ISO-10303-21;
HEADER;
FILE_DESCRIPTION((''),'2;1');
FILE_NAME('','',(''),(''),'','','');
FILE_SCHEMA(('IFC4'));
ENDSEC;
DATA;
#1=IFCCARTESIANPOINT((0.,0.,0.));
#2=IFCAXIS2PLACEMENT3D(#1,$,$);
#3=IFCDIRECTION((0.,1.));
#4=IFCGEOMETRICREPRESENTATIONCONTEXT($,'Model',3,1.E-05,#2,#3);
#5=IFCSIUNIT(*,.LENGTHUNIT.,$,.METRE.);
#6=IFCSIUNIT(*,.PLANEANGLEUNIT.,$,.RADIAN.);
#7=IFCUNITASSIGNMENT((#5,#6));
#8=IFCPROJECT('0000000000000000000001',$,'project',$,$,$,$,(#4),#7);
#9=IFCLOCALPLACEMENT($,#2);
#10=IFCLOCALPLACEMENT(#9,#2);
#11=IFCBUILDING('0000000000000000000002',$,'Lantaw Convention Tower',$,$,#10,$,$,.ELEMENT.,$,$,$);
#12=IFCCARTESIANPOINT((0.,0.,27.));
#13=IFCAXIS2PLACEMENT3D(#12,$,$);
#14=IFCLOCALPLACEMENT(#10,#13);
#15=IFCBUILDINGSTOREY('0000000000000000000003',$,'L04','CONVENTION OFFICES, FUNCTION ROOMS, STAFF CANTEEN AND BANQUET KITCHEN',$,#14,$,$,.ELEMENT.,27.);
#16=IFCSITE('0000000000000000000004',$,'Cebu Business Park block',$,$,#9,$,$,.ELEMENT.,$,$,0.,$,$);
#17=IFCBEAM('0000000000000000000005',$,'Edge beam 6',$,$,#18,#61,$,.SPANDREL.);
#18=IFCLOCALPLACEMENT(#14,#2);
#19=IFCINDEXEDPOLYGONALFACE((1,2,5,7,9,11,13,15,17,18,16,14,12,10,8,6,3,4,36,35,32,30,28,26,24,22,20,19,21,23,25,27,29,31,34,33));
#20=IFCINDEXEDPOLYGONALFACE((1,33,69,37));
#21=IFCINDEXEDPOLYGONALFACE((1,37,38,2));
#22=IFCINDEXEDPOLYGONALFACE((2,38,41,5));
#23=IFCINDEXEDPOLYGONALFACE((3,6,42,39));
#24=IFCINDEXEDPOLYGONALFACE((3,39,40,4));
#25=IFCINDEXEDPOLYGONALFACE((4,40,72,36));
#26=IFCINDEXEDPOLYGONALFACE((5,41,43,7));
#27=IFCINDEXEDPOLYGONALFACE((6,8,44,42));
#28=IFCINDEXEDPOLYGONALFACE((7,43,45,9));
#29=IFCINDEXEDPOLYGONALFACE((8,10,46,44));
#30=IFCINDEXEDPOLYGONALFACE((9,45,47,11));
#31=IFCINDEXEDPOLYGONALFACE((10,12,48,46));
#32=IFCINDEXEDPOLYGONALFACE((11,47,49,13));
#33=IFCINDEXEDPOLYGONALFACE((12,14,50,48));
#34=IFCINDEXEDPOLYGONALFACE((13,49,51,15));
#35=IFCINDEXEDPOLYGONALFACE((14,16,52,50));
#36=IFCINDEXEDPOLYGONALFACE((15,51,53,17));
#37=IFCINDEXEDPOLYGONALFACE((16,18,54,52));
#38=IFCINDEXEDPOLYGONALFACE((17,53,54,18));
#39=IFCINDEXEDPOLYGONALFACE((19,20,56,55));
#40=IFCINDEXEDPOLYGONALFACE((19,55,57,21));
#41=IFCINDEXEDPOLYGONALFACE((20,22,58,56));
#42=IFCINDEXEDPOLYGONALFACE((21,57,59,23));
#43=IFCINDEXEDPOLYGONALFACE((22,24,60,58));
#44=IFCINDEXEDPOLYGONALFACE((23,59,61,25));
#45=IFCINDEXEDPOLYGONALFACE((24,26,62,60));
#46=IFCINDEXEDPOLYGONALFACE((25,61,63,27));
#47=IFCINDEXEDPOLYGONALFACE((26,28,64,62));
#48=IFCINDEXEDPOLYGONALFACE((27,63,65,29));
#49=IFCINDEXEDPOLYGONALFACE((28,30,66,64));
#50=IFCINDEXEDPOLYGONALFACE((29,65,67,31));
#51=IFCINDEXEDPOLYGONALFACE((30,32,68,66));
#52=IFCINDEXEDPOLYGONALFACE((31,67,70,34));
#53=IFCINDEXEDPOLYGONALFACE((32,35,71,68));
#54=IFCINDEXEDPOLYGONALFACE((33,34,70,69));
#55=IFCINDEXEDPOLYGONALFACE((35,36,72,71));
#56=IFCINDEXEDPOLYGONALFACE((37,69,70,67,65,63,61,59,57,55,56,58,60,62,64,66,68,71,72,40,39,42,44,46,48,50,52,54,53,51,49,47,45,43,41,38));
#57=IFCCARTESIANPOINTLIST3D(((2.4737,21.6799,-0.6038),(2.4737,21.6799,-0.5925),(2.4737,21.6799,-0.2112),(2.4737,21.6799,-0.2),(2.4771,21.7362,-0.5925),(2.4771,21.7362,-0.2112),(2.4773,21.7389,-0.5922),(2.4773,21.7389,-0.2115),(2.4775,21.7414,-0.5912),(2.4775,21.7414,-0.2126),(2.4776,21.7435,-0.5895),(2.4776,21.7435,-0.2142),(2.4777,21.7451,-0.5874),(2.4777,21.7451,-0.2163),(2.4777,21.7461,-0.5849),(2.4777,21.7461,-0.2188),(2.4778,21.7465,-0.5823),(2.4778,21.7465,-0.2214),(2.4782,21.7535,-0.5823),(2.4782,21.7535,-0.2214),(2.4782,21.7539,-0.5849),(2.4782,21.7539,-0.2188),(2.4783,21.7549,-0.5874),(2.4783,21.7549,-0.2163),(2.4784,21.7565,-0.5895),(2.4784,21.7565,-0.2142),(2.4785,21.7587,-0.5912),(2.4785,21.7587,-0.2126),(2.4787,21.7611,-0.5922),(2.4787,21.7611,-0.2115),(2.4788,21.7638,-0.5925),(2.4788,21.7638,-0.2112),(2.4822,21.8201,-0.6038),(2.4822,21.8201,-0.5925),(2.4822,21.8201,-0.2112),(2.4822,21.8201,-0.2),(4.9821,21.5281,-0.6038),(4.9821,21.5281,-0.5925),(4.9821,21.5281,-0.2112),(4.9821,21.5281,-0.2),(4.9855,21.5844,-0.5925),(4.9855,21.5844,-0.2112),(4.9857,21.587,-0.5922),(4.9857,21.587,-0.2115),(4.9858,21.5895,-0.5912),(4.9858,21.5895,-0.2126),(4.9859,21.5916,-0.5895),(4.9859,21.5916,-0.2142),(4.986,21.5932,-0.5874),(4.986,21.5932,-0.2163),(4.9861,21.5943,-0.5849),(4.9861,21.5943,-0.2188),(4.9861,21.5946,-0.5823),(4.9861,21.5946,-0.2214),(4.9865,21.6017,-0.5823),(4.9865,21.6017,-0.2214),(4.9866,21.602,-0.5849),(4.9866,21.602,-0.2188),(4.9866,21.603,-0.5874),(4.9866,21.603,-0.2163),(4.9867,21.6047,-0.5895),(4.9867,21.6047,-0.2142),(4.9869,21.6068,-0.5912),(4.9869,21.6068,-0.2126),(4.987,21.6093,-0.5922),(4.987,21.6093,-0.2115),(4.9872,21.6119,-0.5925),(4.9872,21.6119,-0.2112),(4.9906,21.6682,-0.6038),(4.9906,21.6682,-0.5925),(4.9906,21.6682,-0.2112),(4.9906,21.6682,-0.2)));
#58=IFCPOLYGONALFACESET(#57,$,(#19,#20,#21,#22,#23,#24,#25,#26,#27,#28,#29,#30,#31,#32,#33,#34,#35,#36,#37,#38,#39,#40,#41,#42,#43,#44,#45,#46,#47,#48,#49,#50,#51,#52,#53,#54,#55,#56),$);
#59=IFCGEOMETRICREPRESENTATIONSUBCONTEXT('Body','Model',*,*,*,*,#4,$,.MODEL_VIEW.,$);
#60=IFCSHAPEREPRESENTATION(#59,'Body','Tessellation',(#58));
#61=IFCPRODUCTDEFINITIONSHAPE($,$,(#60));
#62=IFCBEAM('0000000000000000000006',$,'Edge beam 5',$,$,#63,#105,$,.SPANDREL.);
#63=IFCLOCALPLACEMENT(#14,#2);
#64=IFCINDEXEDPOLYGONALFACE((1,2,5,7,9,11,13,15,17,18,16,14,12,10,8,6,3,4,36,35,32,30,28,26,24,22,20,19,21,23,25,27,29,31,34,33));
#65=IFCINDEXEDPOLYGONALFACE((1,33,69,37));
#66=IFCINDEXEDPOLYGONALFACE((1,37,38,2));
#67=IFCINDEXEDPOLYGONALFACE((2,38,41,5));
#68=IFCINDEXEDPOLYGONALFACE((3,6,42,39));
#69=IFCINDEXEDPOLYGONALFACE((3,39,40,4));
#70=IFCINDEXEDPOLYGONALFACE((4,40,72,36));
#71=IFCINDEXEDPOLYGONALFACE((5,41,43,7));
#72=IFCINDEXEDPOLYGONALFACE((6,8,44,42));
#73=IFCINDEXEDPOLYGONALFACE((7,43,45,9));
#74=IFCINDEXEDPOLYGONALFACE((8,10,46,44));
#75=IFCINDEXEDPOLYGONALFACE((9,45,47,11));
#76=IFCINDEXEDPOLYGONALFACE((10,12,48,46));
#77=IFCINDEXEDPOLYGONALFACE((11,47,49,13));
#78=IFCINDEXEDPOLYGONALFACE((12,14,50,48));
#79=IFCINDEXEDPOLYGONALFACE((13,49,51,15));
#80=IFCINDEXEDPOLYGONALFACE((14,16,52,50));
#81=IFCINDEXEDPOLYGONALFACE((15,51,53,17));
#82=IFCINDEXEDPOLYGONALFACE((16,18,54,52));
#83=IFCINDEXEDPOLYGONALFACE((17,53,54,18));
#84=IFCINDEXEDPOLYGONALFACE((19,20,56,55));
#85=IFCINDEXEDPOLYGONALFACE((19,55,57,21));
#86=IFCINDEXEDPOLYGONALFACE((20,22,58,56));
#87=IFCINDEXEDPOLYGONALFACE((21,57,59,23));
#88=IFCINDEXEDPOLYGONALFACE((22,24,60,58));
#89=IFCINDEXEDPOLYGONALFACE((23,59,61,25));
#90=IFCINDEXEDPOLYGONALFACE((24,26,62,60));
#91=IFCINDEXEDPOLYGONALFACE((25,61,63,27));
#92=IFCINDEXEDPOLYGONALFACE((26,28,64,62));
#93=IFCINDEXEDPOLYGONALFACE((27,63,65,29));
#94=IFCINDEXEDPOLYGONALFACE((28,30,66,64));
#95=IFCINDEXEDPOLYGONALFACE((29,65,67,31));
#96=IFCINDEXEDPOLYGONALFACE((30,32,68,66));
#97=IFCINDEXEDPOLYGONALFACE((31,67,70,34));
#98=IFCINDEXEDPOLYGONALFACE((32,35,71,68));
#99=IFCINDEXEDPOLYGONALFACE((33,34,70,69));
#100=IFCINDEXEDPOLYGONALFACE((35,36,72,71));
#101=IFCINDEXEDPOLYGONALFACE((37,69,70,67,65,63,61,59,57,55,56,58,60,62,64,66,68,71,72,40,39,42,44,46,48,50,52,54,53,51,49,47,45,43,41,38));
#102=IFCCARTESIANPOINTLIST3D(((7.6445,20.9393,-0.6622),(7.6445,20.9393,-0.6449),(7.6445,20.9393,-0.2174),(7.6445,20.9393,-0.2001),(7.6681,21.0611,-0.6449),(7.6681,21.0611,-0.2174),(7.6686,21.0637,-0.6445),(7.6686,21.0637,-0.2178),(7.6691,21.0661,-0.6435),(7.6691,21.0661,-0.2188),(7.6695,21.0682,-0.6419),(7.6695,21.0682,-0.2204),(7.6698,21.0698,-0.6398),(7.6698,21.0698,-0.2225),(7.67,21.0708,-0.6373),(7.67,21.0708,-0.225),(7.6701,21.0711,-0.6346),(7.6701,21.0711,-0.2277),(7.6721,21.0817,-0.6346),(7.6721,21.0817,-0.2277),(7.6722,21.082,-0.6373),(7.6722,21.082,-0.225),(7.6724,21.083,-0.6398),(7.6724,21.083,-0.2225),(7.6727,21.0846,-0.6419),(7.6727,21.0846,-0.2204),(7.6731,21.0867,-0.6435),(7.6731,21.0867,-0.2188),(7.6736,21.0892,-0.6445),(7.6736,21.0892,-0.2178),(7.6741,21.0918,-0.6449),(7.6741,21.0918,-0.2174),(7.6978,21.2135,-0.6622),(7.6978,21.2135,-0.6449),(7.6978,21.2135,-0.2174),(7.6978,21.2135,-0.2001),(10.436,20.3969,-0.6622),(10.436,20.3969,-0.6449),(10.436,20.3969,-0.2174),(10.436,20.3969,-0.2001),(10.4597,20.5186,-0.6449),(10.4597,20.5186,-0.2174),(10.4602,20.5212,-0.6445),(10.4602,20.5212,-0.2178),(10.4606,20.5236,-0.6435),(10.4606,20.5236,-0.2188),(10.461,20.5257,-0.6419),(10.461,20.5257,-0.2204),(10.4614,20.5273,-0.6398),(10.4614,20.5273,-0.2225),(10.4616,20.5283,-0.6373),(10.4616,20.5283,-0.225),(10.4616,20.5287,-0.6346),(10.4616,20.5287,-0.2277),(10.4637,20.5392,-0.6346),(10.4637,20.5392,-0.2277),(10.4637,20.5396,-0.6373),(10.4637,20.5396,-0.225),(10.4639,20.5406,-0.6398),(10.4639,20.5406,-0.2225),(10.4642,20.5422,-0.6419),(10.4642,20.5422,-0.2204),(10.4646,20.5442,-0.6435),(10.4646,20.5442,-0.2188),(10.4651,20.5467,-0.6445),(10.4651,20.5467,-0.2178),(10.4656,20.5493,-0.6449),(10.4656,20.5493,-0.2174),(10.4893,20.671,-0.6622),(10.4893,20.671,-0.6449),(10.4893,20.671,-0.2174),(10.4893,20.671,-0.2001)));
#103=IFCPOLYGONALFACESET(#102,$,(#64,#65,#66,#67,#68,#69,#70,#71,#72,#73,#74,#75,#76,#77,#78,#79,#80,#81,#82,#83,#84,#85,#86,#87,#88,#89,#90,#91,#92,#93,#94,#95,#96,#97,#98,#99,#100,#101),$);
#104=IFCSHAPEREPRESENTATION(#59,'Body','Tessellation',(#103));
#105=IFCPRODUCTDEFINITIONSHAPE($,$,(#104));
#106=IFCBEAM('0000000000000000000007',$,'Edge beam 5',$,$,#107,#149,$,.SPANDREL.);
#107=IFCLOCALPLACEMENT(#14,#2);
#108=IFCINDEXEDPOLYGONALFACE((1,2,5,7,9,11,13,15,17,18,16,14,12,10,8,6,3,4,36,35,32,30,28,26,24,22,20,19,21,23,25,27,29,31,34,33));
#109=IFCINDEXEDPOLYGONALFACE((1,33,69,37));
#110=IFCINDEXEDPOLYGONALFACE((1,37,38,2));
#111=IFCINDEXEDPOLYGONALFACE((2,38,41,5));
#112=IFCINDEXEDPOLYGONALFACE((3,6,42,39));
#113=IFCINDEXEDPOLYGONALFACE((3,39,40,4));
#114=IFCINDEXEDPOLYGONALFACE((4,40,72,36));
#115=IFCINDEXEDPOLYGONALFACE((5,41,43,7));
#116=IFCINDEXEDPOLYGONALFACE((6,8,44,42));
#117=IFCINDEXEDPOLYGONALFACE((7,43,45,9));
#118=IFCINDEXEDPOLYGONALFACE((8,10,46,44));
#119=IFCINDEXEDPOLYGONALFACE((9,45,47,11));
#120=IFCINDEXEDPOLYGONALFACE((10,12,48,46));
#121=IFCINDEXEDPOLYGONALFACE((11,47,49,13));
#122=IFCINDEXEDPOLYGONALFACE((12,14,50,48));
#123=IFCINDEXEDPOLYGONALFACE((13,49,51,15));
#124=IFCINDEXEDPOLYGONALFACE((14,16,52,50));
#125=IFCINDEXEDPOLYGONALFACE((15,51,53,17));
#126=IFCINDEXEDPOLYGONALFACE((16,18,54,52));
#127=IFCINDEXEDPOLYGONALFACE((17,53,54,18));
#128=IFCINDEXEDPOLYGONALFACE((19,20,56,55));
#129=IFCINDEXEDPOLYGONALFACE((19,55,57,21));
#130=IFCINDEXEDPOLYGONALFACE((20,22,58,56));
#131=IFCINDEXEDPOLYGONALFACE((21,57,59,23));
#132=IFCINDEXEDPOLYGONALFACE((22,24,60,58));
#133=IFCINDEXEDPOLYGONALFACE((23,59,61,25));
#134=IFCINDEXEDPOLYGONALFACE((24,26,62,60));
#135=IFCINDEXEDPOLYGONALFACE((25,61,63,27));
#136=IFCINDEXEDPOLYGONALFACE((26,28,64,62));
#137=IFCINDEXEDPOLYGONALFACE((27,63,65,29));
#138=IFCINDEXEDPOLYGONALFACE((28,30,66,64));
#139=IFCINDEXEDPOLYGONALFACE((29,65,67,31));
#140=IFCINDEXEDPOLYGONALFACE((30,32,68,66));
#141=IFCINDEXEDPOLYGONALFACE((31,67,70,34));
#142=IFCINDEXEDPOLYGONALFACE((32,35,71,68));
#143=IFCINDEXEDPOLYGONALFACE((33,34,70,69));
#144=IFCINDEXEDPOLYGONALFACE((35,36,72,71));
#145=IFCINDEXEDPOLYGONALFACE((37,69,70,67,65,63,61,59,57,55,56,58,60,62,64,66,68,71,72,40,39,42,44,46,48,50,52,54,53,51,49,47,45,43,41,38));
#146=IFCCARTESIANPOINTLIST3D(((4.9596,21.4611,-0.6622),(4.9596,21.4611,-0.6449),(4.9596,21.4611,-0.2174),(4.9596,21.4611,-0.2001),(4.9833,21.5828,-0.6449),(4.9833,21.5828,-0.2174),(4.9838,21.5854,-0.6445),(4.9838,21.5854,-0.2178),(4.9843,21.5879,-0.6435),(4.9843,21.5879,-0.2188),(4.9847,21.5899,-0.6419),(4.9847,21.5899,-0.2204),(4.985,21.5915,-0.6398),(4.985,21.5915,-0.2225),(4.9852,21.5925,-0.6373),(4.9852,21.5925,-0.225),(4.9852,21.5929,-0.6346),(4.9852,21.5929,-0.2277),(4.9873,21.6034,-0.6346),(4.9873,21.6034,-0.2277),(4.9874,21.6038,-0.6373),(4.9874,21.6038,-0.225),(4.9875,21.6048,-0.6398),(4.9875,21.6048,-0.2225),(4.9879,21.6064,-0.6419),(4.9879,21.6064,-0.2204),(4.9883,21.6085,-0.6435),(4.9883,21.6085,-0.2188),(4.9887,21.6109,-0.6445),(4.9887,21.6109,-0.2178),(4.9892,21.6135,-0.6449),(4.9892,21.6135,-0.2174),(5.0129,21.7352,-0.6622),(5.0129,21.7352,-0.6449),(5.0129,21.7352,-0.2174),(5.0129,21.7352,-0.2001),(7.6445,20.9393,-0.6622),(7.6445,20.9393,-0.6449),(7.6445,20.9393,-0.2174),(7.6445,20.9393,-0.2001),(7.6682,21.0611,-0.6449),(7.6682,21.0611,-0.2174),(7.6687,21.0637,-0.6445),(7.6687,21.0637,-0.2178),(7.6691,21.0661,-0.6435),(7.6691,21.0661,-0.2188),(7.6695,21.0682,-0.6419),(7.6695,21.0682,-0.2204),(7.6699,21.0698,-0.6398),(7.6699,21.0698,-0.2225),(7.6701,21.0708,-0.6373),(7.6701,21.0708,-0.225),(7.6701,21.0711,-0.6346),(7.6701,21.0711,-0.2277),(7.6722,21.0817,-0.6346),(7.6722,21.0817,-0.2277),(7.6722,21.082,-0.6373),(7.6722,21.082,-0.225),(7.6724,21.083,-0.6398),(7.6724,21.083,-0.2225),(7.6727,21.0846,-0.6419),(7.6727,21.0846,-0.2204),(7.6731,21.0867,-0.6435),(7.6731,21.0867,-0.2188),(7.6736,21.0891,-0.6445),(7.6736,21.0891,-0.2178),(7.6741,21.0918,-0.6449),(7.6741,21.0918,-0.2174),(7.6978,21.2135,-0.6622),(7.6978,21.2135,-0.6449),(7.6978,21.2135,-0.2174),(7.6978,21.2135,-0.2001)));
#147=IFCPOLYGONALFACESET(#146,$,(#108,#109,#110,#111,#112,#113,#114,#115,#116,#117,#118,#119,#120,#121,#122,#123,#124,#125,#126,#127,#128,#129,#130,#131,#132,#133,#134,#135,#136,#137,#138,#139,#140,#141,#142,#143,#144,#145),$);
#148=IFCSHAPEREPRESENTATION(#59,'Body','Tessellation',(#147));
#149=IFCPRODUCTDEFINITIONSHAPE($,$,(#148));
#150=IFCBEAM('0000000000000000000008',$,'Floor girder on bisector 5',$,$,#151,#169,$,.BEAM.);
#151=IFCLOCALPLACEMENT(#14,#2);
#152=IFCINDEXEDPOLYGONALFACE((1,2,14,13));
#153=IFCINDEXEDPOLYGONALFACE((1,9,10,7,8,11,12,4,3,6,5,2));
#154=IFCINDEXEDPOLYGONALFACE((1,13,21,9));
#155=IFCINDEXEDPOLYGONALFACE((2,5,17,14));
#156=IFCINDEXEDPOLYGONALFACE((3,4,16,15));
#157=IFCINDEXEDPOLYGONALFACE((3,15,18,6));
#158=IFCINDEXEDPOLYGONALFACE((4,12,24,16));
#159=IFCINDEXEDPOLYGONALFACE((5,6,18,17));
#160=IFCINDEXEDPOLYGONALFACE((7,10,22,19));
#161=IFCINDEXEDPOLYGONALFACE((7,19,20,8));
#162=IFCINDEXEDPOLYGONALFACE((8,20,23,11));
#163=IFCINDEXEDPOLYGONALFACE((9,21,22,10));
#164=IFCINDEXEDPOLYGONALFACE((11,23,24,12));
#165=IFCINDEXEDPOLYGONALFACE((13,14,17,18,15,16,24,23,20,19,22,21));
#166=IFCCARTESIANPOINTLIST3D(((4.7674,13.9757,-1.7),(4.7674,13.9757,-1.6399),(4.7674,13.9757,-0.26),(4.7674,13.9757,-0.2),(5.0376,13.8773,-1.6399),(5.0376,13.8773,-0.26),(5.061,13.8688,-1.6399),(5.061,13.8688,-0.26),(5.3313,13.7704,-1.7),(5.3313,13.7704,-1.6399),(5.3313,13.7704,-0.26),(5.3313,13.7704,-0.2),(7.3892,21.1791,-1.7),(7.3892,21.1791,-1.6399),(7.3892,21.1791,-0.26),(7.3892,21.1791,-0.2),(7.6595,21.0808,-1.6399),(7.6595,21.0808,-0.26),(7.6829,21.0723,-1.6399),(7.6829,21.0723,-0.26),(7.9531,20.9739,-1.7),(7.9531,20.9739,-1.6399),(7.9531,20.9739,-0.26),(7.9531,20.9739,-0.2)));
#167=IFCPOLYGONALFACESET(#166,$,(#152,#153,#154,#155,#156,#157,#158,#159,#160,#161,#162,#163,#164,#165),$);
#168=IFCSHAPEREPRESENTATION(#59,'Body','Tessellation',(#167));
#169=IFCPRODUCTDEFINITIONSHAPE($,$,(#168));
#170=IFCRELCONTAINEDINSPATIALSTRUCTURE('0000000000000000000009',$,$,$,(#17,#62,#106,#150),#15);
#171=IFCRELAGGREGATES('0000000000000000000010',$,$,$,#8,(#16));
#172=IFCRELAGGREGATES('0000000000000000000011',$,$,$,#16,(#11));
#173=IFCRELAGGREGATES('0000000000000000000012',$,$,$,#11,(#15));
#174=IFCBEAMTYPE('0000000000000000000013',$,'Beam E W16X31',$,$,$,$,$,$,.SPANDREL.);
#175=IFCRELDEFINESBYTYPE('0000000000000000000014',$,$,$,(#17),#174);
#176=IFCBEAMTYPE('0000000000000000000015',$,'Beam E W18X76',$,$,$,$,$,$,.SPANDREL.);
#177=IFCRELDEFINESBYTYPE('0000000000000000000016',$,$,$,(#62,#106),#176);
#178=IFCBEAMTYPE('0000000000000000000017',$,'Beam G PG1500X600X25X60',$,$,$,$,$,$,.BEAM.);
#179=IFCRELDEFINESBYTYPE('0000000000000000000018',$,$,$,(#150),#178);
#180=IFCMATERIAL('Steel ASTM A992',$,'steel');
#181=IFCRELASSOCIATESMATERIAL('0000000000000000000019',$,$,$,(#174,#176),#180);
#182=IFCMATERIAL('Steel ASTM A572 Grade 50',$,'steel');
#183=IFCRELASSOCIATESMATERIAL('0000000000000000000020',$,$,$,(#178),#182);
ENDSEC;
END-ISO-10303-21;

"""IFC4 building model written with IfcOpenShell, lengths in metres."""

from ifc_helpers import new_model, si_unit, direction, frame, origin, origin_2d, place, context, subcontext, project, spatial, i_section, extrude, material, material_profile, profile_set, type_object, element, save


model = new_model("IFC4")

# Units and contexts
model_context = context("Model", 3, precision=1e-05, world=origin(), true_north=direction((0.0, 1.0)))
body_context = subcontext(model_context, "Body", "Model", "MODEL_VIEW")
ifc_project = project(units=[si_unit("LENGTHUNIT", "METRE"), si_unit("PLANEANGLEUNIT", "RADIAN")], contexts=[model_context])

# Site, building, storey
site_placement = place(None, origin())
site = spatial("IfcSite", under=ifc_project, at=site_placement, Name="Cebu Business Park block", CompositionType="ELEMENT", RefElevation=0.0)
building_placement = place(site_placement, origin())
building = spatial("IfcBuilding", under=site, at=building_placement, Name="Lantaw Convention Tower", CompositionType="ELEMENT")
storey_placement = place(building_placement, frame((0.0, 0.0, 27.0)))
storey = spatial("IfcBuildingStorey", under=building, at=storey_placement, Name="L04", Description="CONVENTION OFFICES, FUNCTION ROOMS, STAFF CANTEEN AND BANQUET KITCHEN", CompositionType="ELEMENT", Elevation=27.0)

# Shared definitions
ifc_material_1 = material(Name="Steel ASTM A572 Grade 50", Category="steel")

# Beams
ifc_material_2 = material(Name="Steel ASTM A992", Category="steel")
ifc_material_profile_1 = material_profile(ifc_material_2, i_section(OverallWidth=0.1404, OverallDepth=0.4038, WebThickness=0.0071, FlangeThickness=0.0112, FilletRadius=0.0103, at=origin_2d()), Name="W16X31")
ifc_profile_set_1 = profile_set([ifc_material_profile_1], Name="Steel ASTM A992")
beam_type_1 = type_object("IfcBeamType", Name="Beam E W16X31", PredefinedType="SPANDREL", material=ifc_profile_set_1)
beam_1_placement = place(storey_placement, frame((4.9863, 21.5981, -0.4019), z_axis=(-0.998172, 0.060431, 0.0), x_axis=(-0.060431, -0.998172, 0.0)))
element("IfcBeam", 1, at=beam_1_placement, inside=storey, type_object=beam_type_1, Name="Edge beam 6", PredefinedType="SPANDREL", context=body_context, shape_type="SweptSolid", body=[
    extrude(i_section(OverallWidth=0.1404, OverallDepth=0.4038, WebThickness=0.0071, FlangeThickness=0.0112, FilletRadius=0.0103, at=origin_2d()), origin(), (0.0, 0.0, 1.0), 2.5129),
])
ifc_material_profile_2 = material_profile(ifc_material_2, i_section(OverallWidth=0.2793, OverallDepth=0.4622, WebThickness=0.0107, FlangeThickness=0.0173, FilletRadius=0.0103, at=origin_2d()), Name="W18X76")
ifc_profile_set_2 = profile_set([ifc_material_profile_2], Name="Steel ASTM A992")
beam_type_2 = type_object("IfcBeamType", Name="Beam E W18X76", PredefinedType="SPANDREL", material=ifc_profile_set_2)
beam_2_placement = place(storey_placement, frame((10.4626, 20.5339, -0.4312), z_axis=(-0.981636, 0.190764, 0.0), x_axis=(-0.190764, -0.981636, 0.0)))
element("IfcBeam", 2, at=beam_2_placement, inside=storey, type_object=beam_type_2, Name="Edge beam 5", PredefinedType="SPANDREL", context=body_context, shape_type="SweptSolid", body=[
    extrude(i_section(OverallWidth=0.2793, OverallDepth=0.4622, WebThickness=0.0107, FlangeThickness=0.0173, FilletRadius=0.0103, at=origin_2d()), origin(), (0.0, 0.0, 1.0), 2.8438),
])
beam_3_placement = place(storey_placement, frame((7.6711, 21.0764, -0.4312), z_axis=(-0.981637, 0.190757, 0.0), x_axis=(-0.190757, -0.981637, 0.0)))
element("IfcBeam", 3, at=beam_3_placement, inside=storey, type_object=beam_type_2, Name="Edge beam 5", PredefinedType="SPANDREL", context=body_context, shape_type="SweptSolid", body=[
    extrude(i_section(OverallWidth=0.2793, OverallDepth=0.4622, WebThickness=0.0107, FlangeThickness=0.0173, FilletRadius=0.0103, at=origin_2d()), origin(), (0.0, 0.0, 1.0), 2.7351),
])
ifc_material_profile_3 = material_profile(ifc_material_1, i_section(OverallWidth=0.6001, OverallDepth=1.5, WebThickness=0.0249, FlangeThickness=0.0601, at=origin_2d()), Name="PG1500X600X25X60")
ifc_profile_set_3 = profile_set([ifc_material_profile_3], Name="Steel ASTM A572 Grade 50")
beam_type_3 = type_object("IfcBeamType", Name="Beam G PG1500X600X25X60", PredefinedType="BEAM", material=ifc_profile_set_3)
beam_4_placement = place(storey_placement, frame((5.0493, 13.873, -0.95), z_axis=(0.342022, 0.939692, 0.0), x_axis=(-0.939692, 0.342022, 0.0)))
element("IfcBeam", 4, at=beam_4_placement, inside=storey, type_object=beam_type_3, Name="Floor girder on bisector 5", PredefinedType="BEAM", context=body_context, shape_type="SweptSolid", body=[
    extrude(i_section(OverallWidth=0.6001, OverallDepth=1.5, WebThickness=0.0249, FlangeThickness=0.0601, at=origin_2d()), origin(), (0.0, 0.0, 1.0), 7.6658),
])

save(model, "model.ifc")
